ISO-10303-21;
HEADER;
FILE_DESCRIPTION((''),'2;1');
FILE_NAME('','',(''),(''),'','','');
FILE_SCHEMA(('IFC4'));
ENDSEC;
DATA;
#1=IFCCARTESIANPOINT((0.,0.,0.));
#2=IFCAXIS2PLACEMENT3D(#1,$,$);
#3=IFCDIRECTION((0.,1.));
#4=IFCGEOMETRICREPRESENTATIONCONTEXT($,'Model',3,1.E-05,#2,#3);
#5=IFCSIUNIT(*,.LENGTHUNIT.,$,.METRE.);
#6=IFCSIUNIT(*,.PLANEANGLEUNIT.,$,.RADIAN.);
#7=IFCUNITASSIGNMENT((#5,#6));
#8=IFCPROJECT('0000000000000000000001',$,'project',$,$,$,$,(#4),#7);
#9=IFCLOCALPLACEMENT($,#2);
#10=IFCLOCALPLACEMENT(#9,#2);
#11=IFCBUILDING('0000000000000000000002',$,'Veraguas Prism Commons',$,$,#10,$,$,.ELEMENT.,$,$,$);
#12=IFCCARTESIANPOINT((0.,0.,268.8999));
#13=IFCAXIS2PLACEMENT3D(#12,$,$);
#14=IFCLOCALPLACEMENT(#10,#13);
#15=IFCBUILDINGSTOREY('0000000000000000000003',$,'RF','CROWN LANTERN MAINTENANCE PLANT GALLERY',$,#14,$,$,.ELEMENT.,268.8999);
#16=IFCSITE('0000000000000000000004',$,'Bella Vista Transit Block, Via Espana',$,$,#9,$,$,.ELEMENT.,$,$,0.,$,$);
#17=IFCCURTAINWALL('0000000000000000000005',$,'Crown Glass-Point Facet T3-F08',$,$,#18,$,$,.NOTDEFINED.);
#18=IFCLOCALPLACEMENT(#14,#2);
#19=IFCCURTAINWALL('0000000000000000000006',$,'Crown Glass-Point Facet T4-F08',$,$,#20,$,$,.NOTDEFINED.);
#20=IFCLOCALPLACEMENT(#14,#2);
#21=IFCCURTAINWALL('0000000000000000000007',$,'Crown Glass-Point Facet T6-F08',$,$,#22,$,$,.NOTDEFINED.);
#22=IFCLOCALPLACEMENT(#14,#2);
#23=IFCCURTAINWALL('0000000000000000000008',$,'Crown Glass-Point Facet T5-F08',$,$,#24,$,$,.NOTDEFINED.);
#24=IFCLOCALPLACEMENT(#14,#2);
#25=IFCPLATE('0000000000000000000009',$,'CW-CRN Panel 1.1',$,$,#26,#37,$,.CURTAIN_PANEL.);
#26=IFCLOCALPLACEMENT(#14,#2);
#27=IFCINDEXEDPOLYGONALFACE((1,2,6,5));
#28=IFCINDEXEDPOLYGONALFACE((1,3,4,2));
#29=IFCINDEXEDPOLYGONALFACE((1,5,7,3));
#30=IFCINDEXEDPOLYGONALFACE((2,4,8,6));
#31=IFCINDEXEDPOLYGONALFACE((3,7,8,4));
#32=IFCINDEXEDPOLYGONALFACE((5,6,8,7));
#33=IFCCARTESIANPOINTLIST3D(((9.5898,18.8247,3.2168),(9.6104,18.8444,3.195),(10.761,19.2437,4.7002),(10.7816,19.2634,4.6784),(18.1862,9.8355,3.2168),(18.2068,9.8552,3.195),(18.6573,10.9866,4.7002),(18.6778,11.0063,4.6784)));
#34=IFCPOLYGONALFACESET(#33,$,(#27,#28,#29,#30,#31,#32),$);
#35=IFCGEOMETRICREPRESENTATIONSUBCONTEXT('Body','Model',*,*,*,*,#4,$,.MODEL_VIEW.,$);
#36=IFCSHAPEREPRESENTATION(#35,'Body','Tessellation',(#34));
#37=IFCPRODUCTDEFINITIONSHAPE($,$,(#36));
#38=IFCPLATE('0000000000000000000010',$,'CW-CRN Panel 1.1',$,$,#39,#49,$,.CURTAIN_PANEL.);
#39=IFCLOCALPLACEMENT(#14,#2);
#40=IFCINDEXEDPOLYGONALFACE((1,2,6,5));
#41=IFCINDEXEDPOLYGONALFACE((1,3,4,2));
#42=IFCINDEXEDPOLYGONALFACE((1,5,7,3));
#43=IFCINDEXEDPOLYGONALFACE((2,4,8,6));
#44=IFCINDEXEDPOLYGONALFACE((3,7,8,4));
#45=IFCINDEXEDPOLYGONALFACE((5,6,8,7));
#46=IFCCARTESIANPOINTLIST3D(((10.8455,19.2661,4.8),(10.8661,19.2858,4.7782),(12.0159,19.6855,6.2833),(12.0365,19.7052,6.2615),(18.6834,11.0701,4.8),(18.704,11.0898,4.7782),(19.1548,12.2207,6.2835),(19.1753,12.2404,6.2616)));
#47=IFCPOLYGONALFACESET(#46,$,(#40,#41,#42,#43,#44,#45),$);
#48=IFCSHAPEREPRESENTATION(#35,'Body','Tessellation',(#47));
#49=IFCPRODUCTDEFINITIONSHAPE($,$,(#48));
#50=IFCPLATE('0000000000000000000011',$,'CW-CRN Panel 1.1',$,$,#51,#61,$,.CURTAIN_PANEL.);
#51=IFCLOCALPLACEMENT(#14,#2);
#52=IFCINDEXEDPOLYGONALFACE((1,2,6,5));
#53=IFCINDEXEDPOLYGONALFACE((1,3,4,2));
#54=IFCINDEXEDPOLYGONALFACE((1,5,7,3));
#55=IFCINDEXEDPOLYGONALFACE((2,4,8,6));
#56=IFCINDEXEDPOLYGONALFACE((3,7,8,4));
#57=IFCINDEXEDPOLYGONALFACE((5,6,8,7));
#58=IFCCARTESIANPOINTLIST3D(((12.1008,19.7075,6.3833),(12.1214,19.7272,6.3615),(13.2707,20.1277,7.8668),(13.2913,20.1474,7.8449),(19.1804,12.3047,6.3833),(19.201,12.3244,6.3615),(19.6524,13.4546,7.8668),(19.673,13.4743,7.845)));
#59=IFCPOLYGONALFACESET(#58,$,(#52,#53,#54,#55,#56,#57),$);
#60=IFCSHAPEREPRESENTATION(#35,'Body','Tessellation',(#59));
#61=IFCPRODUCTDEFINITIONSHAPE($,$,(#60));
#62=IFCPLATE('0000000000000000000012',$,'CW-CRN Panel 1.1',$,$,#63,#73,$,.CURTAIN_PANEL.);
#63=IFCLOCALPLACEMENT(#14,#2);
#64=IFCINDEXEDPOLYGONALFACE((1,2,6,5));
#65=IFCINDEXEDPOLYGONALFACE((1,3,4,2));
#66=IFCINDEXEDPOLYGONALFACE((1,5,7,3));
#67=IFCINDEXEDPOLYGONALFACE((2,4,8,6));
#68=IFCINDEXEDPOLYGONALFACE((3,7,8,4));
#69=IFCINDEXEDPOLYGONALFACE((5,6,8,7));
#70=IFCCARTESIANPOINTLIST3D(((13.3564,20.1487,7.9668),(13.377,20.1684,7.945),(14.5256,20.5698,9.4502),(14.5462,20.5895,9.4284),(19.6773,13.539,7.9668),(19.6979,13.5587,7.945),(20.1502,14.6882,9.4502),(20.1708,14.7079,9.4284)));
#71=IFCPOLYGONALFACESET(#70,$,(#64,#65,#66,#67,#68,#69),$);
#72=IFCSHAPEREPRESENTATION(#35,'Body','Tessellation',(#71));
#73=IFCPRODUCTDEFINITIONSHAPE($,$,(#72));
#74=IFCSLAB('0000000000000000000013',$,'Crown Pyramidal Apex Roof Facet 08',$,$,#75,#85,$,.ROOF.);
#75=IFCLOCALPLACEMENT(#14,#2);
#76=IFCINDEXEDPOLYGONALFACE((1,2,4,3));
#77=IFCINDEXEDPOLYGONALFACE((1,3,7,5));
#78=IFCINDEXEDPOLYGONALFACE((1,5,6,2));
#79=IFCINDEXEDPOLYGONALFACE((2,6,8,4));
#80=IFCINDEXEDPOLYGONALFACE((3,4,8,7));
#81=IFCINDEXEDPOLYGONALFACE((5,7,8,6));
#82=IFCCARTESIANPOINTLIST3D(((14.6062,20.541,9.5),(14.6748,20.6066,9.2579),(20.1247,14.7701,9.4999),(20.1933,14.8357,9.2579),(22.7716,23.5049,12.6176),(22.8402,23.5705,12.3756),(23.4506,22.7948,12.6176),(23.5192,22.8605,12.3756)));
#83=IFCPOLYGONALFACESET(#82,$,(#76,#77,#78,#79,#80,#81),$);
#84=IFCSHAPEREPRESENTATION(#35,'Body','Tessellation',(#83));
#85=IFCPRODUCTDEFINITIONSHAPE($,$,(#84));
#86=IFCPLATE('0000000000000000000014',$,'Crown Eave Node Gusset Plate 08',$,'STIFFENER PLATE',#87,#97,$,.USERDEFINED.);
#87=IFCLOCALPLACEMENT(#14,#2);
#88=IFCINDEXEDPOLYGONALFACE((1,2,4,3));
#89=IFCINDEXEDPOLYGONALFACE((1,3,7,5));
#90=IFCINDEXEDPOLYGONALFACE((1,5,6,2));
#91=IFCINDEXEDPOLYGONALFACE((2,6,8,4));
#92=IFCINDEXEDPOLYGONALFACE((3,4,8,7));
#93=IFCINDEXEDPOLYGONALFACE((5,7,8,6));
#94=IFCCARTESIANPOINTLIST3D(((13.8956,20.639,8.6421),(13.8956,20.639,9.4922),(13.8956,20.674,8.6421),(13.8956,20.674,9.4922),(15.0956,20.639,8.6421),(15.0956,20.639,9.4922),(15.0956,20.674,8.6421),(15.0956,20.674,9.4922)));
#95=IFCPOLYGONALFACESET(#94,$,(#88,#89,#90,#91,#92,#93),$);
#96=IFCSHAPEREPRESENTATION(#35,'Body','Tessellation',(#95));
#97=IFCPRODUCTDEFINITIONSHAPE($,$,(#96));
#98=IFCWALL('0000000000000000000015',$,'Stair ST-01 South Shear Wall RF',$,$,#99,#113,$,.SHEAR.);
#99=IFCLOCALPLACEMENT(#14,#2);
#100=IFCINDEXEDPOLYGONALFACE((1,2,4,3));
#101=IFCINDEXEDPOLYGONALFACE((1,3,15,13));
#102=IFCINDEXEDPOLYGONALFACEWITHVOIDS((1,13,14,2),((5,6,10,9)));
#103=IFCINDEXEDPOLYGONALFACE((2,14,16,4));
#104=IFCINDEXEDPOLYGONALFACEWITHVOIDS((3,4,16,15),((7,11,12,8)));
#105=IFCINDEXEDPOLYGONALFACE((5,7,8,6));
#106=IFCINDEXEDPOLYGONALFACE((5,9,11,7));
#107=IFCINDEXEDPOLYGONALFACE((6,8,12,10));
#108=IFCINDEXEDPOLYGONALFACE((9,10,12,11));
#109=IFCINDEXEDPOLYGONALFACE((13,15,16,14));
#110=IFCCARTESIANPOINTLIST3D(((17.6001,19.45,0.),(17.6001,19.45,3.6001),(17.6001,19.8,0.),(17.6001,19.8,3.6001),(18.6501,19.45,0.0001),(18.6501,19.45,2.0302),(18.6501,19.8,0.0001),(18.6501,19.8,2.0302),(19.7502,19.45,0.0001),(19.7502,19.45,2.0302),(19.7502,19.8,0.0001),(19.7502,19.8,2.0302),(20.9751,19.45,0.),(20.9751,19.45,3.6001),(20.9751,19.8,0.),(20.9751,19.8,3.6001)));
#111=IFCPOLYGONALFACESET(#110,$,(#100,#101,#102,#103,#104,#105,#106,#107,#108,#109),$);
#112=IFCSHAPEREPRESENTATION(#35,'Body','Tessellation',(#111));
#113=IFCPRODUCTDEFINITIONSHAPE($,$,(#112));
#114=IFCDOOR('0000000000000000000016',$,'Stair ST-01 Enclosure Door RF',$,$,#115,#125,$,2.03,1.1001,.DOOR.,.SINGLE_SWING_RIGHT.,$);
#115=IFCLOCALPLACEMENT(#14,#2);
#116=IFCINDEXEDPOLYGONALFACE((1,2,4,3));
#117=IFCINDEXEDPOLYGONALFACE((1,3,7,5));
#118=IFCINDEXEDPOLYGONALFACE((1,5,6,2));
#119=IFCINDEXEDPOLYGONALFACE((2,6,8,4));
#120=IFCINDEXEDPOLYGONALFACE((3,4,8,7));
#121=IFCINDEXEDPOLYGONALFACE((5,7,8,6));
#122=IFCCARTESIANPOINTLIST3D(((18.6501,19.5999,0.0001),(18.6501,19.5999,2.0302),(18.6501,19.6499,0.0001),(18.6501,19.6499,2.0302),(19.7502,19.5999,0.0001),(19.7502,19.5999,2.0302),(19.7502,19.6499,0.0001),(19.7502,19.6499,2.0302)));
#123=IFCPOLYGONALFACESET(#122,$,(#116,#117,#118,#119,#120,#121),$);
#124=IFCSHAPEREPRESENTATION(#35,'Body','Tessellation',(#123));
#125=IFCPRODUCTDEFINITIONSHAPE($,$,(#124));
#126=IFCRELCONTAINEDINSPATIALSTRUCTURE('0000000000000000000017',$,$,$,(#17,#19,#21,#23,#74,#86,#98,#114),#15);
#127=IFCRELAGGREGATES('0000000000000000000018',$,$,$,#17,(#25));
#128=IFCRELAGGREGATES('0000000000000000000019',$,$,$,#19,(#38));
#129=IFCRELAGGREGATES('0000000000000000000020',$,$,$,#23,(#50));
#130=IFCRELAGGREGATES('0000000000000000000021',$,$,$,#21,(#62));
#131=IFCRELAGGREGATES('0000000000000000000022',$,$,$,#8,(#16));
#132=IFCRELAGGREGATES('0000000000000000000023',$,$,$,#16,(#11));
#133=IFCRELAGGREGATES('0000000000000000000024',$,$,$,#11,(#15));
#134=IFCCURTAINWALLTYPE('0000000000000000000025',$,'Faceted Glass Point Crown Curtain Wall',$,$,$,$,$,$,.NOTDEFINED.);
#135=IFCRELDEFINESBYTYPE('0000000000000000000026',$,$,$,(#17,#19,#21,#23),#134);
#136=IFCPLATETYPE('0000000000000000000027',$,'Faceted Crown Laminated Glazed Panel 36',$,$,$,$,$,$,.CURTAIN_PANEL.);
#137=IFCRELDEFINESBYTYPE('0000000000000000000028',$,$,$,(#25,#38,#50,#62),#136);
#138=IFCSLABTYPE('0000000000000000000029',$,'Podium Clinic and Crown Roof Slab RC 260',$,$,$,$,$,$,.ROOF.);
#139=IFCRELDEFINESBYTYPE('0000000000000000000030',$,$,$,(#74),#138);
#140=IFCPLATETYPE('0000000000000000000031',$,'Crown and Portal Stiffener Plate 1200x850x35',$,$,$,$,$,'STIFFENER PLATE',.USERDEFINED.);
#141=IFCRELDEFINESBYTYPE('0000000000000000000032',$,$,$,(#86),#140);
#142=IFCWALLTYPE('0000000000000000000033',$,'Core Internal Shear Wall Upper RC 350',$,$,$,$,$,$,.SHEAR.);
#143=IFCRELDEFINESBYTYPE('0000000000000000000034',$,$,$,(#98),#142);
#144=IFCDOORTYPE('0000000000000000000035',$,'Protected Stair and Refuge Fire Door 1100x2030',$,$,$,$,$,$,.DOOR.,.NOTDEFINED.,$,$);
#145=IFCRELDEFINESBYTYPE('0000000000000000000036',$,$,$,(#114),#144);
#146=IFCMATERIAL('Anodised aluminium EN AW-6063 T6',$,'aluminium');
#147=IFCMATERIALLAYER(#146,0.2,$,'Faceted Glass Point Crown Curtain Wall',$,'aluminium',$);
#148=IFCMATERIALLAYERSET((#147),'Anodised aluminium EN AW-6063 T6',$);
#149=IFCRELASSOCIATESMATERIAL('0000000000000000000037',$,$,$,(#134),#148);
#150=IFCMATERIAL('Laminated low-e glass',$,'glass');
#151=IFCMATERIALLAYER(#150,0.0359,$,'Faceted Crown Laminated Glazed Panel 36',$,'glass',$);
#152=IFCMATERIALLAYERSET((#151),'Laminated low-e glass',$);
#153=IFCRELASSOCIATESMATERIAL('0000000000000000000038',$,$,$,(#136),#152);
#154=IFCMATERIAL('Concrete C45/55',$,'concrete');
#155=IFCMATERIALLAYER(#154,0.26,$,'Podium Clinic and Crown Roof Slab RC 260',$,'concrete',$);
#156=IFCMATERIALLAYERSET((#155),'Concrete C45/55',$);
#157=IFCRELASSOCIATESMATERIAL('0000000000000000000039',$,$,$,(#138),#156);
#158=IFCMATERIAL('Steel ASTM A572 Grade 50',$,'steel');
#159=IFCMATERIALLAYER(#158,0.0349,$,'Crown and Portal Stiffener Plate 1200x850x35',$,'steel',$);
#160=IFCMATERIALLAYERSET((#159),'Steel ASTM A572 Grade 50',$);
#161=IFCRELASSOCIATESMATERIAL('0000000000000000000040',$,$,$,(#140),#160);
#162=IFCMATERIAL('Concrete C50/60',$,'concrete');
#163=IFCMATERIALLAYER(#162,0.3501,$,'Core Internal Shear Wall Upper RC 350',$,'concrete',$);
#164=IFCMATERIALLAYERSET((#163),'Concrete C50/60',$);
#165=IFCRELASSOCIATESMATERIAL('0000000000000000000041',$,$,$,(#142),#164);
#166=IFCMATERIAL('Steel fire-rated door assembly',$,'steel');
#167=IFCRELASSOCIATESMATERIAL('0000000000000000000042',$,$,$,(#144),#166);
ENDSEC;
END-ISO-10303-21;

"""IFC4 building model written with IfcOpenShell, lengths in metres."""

from ifc_helpers import new_model, si_unit, direction, frame, frame_2d, origin, origin_2d, place, context, subcontext, project, spatial, polyline, rectangle, outline, extrude, source, transform, mapped, material, layer, layer_set, type_object, element, fill, aggregate, save


model = new_model("IFC4")

# Units and contexts
model_context = context("Model", 3, precision=1e-05, world=origin(), true_north=direction((0.0, 1.0)))
body_context = subcontext(model_context, "Body", "Model", "MODEL_VIEW")
ifc_project = project(units=[si_unit("LENGTHUNIT", "METRE"), si_unit("PLANEANGLEUNIT", "RADIAN")], contexts=[model_context])

# Site, building, storey
site_placement = place(None, origin())
site = spatial("IfcSite", under=ifc_project, at=site_placement, Name="Bella Vista Transit Block, Via Espana", CompositionType="ELEMENT", RefElevation=0.0)
building_placement = place(site_placement, origin())
building = spatial("IfcBuilding", under=site, at=building_placement, Name="Veraguas Prism Commons", CompositionType="ELEMENT")
storey_placement = place(building_placement, frame((0.0, 0.0, 268.8999)))
storey = spatial("IfcBuildingStorey", under=building, at=storey_placement, Name="RF", Description="CROWN LANTERN MAINTENANCE PLANT GALLERY", CompositionType="ELEMENT", Elevation=268.8999)

# Curtain walls
ifc_material_1 = material(Name="Anodised aluminium EN AW-6063 T6", Category="aluminium")
ifc_layer_1 = layer(ifc_material_1, 0.2, Name="Faceted Glass Point Crown Curtain Wall", Category="aluminium")
ifc_layer_set_1 = layer_set([ifc_layer_1], Name="Anodised aluminium EN AW-6063 T6")
curtain_wall_type = type_object("IfcCurtainWallType", Name="Faceted Glass Point Crown Curtain Wall", PredefinedType="NOTDEFINED", material=ifc_layer_set_1)
curtain_wall_1_placement = place(storey_placement, origin())
curtain_wall_1 = element("IfcCurtainWall", 1, at=curtain_wall_1_placement, inside=storey, type_object=curtain_wall_type, Name="Crown Glass-Point Facet T3-F08", PredefinedType="NOTDEFINED")
curtain_wall_2_placement = place(storey_placement, origin())
curtain_wall_2 = element("IfcCurtainWall", 2, at=curtain_wall_2_placement, inside=storey, type_object=curtain_wall_type, Name="Crown Glass-Point Facet T4-F08", PredefinedType="NOTDEFINED")
curtain_wall_3_placement = place(storey_placement, origin())
curtain_wall_3 = element("IfcCurtainWall", 3, at=curtain_wall_3_placement, inside=storey, type_object=curtain_wall_type, Name="Crown Glass-Point Facet T6-F08", PredefinedType="NOTDEFINED")
curtain_wall_4_placement = place(storey_placement, origin())
curtain_wall_4 = element("IfcCurtainWall", 4, at=curtain_wall_4_placement, inside=storey, type_object=curtain_wall_type, Name="Crown Glass-Point Facet T5-F08", PredefinedType="NOTDEFINED")

# Plates
ifc_material_2 = material(Name="Laminated low-e glass", Category="glass")
ifc_layer_2 = layer(ifc_material_2, 0.0359, Name="Faceted Crown Laminated Glazed Panel 36", Category="glass")
ifc_layer_set_2 = layer_set([ifc_layer_2], Name="Laminated low-e glass")
plate_type_1 = type_object("IfcPlateType", Name="Faceted Crown Laminated Glazed Panel 36", PredefinedType="CURTAIN_PANEL", material=ifc_layer_set_2)
plate_1_placement = place(storey_placement, frame((9.5898, 18.8247, 3.2168), z_axis=(-0.573803, -0.548728, 0.607987), x_axis=(0.691139, -0.722722, 0.0)))
plate_1 = element("IfcPlate", 5, at=plate_1_placement, type_object=plate_type_1, Name="CW-CRN Panel 1.1", PredefinedType="CURTAIN_PANEL", context=body_context, shape_type="SweptSolid", body=[
    extrude(outline(polyline([(0.0, 0.0), (12.438, 0.0), (11.9316, 1.8684), (0.5066, 1.8684), (0.0, 0.0)])), origin(), (0.0, 0.0, -1.0), 0.0359),
])
aggregate(curtain_wall_1, [plate_1])
plate_2_placement = place(storey_placement, frame((10.8455, 19.2661, 4.8), z_axis=(-0.573814, -0.548749, 0.607958), x_axis=(0.691144, -0.722717, -0.000004)))
plate_2 = element("IfcPlate", 6, at=plate_2_placement, type_object=plate_type_1, Name="CW-CRN Panel 1.1", PredefinedType="CURTAIN_PANEL", context=body_context, shape_type="SweptSolid", body=[
    extrude(outline(polyline([(0.0, 0.0), (11.3406, 0.0), (10.8347, 1.8684), (0.5059, 1.8682), (0.0, 0.0)])), origin(), (0.0, 0.0, -1.0), 0.0359),
])
aggregate(curtain_wall_2, [plate_2])
plate_3_placement = place(storey_placement, frame((12.1008, 19.7075, 6.3833), z_axis=(-0.573812, -0.548751, 0.607958), x_axis=(0.69115, -0.722711, 0.000002)))
plate_3 = element("IfcPlate", 7, at=plate_3_placement, type_object=plate_type_1, Name="CW-CRN Panel 1.1", PredefinedType="CURTAIN_PANEL", context=body_context, shape_type="SweptSolid", body=[
    extrude(outline(polyline([(0.0, 0.0), (10.2432, 0.0), (9.7383, 1.8684), (0.5049, 1.8684), (0.0, 0.0)])), origin(), (0.0, 0.0, -1.0), 0.0359),
])
aggregate(curtain_wall_4, [plate_3])
plate_4_placement = place(storey_placement, frame((13.3564, 20.1487, 7.9668), z_axis=(-0.573788, -0.548712, 0.608016), x_axis=(0.691139, -0.722722, 0.000001)))
plate_4 = element("IfcPlate", 8, at=plate_4_placement, type_object=plate_type_1, Name="CW-CRN Panel 1.1", PredefinedType="CURTAIN_PANEL", context=body_context, shape_type="SweptSolid", body=[
    extrude(outline(polyline([(0.0, 0.0), (9.1455, 0.0), (8.6418, 1.8684), (0.5037, 1.8684), (0.0, 0.0)])), origin(), (0.0, 0.0, -1.0), 0.0359),
])
aggregate(curtain_wall_3, [plate_4])

# Slab
ifc_material_3 = material(Name="Concrete C45/55", Category="concrete")
ifc_layer_3 = layer(ifc_material_3, 0.26, Name="Podium Clinic and Crown Roof Slab RC 260", Category="concrete")
ifc_layer_set_3 = layer_set([ifc_layer_3], Name="Concrete C45/55")
slab_type = type_object("IfcSlabType", Name="Podium Clinic and Crown Roof Slab RC 260", PredefinedType="ROOF", material=ifc_layer_set_3)
slab_placement = place(storey_placement, frame((14.6062, 20.541, 9.5), z_axis=(-0.263863, -0.252332, 0.93097), x_axis=(0.691125, -0.722735, -0.000008)))
element("IfcSlab", 9, at=slab_placement, inside=storey, type_object=slab_type, Name="Crown Pyramidal Apex Roof Facet 08", PredefinedType="ROOF", context=body_context, shape_type="SweptSolid", body=[
    extrude(outline(polyline([(0.0, 0.0), (7.9849, 0.0), (4.4836, 8.5393), (3.5012, 8.5393), (0.0, 0.0)])), origin(), (0.0, 0.0, -1.0), 0.26),
])

# Plate
ifc_material_4 = material(Name="Steel ASTM A572 Grade 50", Category="steel")
ifc_layer_4 = layer(ifc_material_4, 0.0349, Name="Crown and Portal Stiffener Plate 1200x850x35", Category="steel")
ifc_layer_set_4 = layer_set([ifc_layer_4], Name="Steel ASTM A572 Grade 50")
plate_type_2 = type_object("IfcPlateType", Name="Crown and Portal Stiffener Plate 1200x850x35", ElementType="STIFFENER PLATE", PredefinedType="USERDEFINED", material=ifc_layer_set_4)
shared_shape_1 = source(origin(), body_context, "Body", "SweptSolid", [
    extrude(rectangle(XDim=1.2, YDim=0.0349, at=origin_2d()), origin(), (0.0, 0.0, 1.0), 0.8501),
])
plate_5_placement = place(storey_placement, frame((14.4956, 20.6565, 8.6421), z_axis=(0.0, 0.0, 1.0), x_axis=(1.0, 0.0, 0.0)))
element("IfcPlate", 10, at=plate_5_placement, inside=storey, type_object=plate_type_2, Name="Crown Eave Node Gusset Plate 08", ObjectType="STIFFENER PLATE", PredefinedType="USERDEFINED", context=body_context, shape_type="MappedRepresentation", body=[
    mapped(shared_shape_1, transform((0.0, 0.0, 0.0), scale=1.0)),
])

# Wall, opening, door
ifc_material_5 = material(Name="Concrete C50/60", Category="concrete")
ifc_layer_5 = layer(ifc_material_5, 0.3501, Name="Core Internal Shear Wall Upper RC 350", Category="concrete")
ifc_layer_set_5 = layer_set([ifc_layer_5], Name="Concrete C50/60")
wall_type = type_object("IfcWallType", Name="Core Internal Shear Wall Upper RC 350", PredefinedType="SHEAR", material=ifc_layer_set_5)
wall_placement = place(storey_placement, frame((17.6001, 19.625, 0.0), z_axis=(0.0, 0.0, 1.0), x_axis=(1.0, 0.0, 0.0)))
wall = element("IfcWall", 11, at=wall_placement, inside=storey, type_object=wall_type, Name="Stair ST-01 South Shear Wall RF", PredefinedType="SHEAR", context=body_context, shape_type="SweptSolid", body=[
    extrude(rectangle(XDim=3.375, YDim=0.3501, at=frame_2d((1.6875, 0.0))), origin(), (0.0, 0.0, 1.0), 3.6001),
])
opening_placement = place(wall_placement, frame((1.05, 0.0, 0.0)))
opening = element("IfcOpeningElement", 12, at=opening_placement, cuts=wall, PredefinedType="OPENING", context=body_context, shape_type="SweptSolid", body=[
    extrude(rectangle(XDim=1.1001, YDim=2.03, at=frame_2d((0.55, 1.0151))), frame((0.0, 0.1851, 0.0), z_axis=(0.0, -1.0, 0.0), x_axis=(1.0, 0.0, 0.0)), (0.0, 0.0, 1.0), 0.3701),
])
ifc_material_6 = material(Name="Steel fire-rated door assembly", Category="steel")
door_type = type_object("IfcDoorType", Name="Protected Stair and Refuge Fire Door 1100x2030", OperationType="NOTDEFINED", PredefinedType="DOOR", material=ifc_material_6)
shared_shape_2 = source(origin(), body_context, "Body", "SweptSolid", [
    extrude(rectangle(XDim=1.1001, YDim=2.03, at=frame_2d((0.55, 1.0151))), frame((0.0, 0.0249, 0.0), z_axis=(0.0, -1.0, 0.0), x_axis=(1.0, 0.0, 0.0)), (0.0, 0.0, 1.0), 0.05),
])
door_placement = place(opening_placement, origin())
door = element("IfcDoor", 13, at=door_placement, inside=storey, type_object=door_type, Name="Stair ST-01 Enclosure Door RF", OperationType="SINGLE_SWING_RIGHT", OverallHeight=2.03, OverallWidth=1.1001, PredefinedType="DOOR", context=body_context, shape_type="MappedRepresentation", body=[
    mapped(shared_shape_2, transform((0.0, 0.0, 0.0), scale=1.0)),
])
fill(opening, door)

save(model, "model.ifc")
